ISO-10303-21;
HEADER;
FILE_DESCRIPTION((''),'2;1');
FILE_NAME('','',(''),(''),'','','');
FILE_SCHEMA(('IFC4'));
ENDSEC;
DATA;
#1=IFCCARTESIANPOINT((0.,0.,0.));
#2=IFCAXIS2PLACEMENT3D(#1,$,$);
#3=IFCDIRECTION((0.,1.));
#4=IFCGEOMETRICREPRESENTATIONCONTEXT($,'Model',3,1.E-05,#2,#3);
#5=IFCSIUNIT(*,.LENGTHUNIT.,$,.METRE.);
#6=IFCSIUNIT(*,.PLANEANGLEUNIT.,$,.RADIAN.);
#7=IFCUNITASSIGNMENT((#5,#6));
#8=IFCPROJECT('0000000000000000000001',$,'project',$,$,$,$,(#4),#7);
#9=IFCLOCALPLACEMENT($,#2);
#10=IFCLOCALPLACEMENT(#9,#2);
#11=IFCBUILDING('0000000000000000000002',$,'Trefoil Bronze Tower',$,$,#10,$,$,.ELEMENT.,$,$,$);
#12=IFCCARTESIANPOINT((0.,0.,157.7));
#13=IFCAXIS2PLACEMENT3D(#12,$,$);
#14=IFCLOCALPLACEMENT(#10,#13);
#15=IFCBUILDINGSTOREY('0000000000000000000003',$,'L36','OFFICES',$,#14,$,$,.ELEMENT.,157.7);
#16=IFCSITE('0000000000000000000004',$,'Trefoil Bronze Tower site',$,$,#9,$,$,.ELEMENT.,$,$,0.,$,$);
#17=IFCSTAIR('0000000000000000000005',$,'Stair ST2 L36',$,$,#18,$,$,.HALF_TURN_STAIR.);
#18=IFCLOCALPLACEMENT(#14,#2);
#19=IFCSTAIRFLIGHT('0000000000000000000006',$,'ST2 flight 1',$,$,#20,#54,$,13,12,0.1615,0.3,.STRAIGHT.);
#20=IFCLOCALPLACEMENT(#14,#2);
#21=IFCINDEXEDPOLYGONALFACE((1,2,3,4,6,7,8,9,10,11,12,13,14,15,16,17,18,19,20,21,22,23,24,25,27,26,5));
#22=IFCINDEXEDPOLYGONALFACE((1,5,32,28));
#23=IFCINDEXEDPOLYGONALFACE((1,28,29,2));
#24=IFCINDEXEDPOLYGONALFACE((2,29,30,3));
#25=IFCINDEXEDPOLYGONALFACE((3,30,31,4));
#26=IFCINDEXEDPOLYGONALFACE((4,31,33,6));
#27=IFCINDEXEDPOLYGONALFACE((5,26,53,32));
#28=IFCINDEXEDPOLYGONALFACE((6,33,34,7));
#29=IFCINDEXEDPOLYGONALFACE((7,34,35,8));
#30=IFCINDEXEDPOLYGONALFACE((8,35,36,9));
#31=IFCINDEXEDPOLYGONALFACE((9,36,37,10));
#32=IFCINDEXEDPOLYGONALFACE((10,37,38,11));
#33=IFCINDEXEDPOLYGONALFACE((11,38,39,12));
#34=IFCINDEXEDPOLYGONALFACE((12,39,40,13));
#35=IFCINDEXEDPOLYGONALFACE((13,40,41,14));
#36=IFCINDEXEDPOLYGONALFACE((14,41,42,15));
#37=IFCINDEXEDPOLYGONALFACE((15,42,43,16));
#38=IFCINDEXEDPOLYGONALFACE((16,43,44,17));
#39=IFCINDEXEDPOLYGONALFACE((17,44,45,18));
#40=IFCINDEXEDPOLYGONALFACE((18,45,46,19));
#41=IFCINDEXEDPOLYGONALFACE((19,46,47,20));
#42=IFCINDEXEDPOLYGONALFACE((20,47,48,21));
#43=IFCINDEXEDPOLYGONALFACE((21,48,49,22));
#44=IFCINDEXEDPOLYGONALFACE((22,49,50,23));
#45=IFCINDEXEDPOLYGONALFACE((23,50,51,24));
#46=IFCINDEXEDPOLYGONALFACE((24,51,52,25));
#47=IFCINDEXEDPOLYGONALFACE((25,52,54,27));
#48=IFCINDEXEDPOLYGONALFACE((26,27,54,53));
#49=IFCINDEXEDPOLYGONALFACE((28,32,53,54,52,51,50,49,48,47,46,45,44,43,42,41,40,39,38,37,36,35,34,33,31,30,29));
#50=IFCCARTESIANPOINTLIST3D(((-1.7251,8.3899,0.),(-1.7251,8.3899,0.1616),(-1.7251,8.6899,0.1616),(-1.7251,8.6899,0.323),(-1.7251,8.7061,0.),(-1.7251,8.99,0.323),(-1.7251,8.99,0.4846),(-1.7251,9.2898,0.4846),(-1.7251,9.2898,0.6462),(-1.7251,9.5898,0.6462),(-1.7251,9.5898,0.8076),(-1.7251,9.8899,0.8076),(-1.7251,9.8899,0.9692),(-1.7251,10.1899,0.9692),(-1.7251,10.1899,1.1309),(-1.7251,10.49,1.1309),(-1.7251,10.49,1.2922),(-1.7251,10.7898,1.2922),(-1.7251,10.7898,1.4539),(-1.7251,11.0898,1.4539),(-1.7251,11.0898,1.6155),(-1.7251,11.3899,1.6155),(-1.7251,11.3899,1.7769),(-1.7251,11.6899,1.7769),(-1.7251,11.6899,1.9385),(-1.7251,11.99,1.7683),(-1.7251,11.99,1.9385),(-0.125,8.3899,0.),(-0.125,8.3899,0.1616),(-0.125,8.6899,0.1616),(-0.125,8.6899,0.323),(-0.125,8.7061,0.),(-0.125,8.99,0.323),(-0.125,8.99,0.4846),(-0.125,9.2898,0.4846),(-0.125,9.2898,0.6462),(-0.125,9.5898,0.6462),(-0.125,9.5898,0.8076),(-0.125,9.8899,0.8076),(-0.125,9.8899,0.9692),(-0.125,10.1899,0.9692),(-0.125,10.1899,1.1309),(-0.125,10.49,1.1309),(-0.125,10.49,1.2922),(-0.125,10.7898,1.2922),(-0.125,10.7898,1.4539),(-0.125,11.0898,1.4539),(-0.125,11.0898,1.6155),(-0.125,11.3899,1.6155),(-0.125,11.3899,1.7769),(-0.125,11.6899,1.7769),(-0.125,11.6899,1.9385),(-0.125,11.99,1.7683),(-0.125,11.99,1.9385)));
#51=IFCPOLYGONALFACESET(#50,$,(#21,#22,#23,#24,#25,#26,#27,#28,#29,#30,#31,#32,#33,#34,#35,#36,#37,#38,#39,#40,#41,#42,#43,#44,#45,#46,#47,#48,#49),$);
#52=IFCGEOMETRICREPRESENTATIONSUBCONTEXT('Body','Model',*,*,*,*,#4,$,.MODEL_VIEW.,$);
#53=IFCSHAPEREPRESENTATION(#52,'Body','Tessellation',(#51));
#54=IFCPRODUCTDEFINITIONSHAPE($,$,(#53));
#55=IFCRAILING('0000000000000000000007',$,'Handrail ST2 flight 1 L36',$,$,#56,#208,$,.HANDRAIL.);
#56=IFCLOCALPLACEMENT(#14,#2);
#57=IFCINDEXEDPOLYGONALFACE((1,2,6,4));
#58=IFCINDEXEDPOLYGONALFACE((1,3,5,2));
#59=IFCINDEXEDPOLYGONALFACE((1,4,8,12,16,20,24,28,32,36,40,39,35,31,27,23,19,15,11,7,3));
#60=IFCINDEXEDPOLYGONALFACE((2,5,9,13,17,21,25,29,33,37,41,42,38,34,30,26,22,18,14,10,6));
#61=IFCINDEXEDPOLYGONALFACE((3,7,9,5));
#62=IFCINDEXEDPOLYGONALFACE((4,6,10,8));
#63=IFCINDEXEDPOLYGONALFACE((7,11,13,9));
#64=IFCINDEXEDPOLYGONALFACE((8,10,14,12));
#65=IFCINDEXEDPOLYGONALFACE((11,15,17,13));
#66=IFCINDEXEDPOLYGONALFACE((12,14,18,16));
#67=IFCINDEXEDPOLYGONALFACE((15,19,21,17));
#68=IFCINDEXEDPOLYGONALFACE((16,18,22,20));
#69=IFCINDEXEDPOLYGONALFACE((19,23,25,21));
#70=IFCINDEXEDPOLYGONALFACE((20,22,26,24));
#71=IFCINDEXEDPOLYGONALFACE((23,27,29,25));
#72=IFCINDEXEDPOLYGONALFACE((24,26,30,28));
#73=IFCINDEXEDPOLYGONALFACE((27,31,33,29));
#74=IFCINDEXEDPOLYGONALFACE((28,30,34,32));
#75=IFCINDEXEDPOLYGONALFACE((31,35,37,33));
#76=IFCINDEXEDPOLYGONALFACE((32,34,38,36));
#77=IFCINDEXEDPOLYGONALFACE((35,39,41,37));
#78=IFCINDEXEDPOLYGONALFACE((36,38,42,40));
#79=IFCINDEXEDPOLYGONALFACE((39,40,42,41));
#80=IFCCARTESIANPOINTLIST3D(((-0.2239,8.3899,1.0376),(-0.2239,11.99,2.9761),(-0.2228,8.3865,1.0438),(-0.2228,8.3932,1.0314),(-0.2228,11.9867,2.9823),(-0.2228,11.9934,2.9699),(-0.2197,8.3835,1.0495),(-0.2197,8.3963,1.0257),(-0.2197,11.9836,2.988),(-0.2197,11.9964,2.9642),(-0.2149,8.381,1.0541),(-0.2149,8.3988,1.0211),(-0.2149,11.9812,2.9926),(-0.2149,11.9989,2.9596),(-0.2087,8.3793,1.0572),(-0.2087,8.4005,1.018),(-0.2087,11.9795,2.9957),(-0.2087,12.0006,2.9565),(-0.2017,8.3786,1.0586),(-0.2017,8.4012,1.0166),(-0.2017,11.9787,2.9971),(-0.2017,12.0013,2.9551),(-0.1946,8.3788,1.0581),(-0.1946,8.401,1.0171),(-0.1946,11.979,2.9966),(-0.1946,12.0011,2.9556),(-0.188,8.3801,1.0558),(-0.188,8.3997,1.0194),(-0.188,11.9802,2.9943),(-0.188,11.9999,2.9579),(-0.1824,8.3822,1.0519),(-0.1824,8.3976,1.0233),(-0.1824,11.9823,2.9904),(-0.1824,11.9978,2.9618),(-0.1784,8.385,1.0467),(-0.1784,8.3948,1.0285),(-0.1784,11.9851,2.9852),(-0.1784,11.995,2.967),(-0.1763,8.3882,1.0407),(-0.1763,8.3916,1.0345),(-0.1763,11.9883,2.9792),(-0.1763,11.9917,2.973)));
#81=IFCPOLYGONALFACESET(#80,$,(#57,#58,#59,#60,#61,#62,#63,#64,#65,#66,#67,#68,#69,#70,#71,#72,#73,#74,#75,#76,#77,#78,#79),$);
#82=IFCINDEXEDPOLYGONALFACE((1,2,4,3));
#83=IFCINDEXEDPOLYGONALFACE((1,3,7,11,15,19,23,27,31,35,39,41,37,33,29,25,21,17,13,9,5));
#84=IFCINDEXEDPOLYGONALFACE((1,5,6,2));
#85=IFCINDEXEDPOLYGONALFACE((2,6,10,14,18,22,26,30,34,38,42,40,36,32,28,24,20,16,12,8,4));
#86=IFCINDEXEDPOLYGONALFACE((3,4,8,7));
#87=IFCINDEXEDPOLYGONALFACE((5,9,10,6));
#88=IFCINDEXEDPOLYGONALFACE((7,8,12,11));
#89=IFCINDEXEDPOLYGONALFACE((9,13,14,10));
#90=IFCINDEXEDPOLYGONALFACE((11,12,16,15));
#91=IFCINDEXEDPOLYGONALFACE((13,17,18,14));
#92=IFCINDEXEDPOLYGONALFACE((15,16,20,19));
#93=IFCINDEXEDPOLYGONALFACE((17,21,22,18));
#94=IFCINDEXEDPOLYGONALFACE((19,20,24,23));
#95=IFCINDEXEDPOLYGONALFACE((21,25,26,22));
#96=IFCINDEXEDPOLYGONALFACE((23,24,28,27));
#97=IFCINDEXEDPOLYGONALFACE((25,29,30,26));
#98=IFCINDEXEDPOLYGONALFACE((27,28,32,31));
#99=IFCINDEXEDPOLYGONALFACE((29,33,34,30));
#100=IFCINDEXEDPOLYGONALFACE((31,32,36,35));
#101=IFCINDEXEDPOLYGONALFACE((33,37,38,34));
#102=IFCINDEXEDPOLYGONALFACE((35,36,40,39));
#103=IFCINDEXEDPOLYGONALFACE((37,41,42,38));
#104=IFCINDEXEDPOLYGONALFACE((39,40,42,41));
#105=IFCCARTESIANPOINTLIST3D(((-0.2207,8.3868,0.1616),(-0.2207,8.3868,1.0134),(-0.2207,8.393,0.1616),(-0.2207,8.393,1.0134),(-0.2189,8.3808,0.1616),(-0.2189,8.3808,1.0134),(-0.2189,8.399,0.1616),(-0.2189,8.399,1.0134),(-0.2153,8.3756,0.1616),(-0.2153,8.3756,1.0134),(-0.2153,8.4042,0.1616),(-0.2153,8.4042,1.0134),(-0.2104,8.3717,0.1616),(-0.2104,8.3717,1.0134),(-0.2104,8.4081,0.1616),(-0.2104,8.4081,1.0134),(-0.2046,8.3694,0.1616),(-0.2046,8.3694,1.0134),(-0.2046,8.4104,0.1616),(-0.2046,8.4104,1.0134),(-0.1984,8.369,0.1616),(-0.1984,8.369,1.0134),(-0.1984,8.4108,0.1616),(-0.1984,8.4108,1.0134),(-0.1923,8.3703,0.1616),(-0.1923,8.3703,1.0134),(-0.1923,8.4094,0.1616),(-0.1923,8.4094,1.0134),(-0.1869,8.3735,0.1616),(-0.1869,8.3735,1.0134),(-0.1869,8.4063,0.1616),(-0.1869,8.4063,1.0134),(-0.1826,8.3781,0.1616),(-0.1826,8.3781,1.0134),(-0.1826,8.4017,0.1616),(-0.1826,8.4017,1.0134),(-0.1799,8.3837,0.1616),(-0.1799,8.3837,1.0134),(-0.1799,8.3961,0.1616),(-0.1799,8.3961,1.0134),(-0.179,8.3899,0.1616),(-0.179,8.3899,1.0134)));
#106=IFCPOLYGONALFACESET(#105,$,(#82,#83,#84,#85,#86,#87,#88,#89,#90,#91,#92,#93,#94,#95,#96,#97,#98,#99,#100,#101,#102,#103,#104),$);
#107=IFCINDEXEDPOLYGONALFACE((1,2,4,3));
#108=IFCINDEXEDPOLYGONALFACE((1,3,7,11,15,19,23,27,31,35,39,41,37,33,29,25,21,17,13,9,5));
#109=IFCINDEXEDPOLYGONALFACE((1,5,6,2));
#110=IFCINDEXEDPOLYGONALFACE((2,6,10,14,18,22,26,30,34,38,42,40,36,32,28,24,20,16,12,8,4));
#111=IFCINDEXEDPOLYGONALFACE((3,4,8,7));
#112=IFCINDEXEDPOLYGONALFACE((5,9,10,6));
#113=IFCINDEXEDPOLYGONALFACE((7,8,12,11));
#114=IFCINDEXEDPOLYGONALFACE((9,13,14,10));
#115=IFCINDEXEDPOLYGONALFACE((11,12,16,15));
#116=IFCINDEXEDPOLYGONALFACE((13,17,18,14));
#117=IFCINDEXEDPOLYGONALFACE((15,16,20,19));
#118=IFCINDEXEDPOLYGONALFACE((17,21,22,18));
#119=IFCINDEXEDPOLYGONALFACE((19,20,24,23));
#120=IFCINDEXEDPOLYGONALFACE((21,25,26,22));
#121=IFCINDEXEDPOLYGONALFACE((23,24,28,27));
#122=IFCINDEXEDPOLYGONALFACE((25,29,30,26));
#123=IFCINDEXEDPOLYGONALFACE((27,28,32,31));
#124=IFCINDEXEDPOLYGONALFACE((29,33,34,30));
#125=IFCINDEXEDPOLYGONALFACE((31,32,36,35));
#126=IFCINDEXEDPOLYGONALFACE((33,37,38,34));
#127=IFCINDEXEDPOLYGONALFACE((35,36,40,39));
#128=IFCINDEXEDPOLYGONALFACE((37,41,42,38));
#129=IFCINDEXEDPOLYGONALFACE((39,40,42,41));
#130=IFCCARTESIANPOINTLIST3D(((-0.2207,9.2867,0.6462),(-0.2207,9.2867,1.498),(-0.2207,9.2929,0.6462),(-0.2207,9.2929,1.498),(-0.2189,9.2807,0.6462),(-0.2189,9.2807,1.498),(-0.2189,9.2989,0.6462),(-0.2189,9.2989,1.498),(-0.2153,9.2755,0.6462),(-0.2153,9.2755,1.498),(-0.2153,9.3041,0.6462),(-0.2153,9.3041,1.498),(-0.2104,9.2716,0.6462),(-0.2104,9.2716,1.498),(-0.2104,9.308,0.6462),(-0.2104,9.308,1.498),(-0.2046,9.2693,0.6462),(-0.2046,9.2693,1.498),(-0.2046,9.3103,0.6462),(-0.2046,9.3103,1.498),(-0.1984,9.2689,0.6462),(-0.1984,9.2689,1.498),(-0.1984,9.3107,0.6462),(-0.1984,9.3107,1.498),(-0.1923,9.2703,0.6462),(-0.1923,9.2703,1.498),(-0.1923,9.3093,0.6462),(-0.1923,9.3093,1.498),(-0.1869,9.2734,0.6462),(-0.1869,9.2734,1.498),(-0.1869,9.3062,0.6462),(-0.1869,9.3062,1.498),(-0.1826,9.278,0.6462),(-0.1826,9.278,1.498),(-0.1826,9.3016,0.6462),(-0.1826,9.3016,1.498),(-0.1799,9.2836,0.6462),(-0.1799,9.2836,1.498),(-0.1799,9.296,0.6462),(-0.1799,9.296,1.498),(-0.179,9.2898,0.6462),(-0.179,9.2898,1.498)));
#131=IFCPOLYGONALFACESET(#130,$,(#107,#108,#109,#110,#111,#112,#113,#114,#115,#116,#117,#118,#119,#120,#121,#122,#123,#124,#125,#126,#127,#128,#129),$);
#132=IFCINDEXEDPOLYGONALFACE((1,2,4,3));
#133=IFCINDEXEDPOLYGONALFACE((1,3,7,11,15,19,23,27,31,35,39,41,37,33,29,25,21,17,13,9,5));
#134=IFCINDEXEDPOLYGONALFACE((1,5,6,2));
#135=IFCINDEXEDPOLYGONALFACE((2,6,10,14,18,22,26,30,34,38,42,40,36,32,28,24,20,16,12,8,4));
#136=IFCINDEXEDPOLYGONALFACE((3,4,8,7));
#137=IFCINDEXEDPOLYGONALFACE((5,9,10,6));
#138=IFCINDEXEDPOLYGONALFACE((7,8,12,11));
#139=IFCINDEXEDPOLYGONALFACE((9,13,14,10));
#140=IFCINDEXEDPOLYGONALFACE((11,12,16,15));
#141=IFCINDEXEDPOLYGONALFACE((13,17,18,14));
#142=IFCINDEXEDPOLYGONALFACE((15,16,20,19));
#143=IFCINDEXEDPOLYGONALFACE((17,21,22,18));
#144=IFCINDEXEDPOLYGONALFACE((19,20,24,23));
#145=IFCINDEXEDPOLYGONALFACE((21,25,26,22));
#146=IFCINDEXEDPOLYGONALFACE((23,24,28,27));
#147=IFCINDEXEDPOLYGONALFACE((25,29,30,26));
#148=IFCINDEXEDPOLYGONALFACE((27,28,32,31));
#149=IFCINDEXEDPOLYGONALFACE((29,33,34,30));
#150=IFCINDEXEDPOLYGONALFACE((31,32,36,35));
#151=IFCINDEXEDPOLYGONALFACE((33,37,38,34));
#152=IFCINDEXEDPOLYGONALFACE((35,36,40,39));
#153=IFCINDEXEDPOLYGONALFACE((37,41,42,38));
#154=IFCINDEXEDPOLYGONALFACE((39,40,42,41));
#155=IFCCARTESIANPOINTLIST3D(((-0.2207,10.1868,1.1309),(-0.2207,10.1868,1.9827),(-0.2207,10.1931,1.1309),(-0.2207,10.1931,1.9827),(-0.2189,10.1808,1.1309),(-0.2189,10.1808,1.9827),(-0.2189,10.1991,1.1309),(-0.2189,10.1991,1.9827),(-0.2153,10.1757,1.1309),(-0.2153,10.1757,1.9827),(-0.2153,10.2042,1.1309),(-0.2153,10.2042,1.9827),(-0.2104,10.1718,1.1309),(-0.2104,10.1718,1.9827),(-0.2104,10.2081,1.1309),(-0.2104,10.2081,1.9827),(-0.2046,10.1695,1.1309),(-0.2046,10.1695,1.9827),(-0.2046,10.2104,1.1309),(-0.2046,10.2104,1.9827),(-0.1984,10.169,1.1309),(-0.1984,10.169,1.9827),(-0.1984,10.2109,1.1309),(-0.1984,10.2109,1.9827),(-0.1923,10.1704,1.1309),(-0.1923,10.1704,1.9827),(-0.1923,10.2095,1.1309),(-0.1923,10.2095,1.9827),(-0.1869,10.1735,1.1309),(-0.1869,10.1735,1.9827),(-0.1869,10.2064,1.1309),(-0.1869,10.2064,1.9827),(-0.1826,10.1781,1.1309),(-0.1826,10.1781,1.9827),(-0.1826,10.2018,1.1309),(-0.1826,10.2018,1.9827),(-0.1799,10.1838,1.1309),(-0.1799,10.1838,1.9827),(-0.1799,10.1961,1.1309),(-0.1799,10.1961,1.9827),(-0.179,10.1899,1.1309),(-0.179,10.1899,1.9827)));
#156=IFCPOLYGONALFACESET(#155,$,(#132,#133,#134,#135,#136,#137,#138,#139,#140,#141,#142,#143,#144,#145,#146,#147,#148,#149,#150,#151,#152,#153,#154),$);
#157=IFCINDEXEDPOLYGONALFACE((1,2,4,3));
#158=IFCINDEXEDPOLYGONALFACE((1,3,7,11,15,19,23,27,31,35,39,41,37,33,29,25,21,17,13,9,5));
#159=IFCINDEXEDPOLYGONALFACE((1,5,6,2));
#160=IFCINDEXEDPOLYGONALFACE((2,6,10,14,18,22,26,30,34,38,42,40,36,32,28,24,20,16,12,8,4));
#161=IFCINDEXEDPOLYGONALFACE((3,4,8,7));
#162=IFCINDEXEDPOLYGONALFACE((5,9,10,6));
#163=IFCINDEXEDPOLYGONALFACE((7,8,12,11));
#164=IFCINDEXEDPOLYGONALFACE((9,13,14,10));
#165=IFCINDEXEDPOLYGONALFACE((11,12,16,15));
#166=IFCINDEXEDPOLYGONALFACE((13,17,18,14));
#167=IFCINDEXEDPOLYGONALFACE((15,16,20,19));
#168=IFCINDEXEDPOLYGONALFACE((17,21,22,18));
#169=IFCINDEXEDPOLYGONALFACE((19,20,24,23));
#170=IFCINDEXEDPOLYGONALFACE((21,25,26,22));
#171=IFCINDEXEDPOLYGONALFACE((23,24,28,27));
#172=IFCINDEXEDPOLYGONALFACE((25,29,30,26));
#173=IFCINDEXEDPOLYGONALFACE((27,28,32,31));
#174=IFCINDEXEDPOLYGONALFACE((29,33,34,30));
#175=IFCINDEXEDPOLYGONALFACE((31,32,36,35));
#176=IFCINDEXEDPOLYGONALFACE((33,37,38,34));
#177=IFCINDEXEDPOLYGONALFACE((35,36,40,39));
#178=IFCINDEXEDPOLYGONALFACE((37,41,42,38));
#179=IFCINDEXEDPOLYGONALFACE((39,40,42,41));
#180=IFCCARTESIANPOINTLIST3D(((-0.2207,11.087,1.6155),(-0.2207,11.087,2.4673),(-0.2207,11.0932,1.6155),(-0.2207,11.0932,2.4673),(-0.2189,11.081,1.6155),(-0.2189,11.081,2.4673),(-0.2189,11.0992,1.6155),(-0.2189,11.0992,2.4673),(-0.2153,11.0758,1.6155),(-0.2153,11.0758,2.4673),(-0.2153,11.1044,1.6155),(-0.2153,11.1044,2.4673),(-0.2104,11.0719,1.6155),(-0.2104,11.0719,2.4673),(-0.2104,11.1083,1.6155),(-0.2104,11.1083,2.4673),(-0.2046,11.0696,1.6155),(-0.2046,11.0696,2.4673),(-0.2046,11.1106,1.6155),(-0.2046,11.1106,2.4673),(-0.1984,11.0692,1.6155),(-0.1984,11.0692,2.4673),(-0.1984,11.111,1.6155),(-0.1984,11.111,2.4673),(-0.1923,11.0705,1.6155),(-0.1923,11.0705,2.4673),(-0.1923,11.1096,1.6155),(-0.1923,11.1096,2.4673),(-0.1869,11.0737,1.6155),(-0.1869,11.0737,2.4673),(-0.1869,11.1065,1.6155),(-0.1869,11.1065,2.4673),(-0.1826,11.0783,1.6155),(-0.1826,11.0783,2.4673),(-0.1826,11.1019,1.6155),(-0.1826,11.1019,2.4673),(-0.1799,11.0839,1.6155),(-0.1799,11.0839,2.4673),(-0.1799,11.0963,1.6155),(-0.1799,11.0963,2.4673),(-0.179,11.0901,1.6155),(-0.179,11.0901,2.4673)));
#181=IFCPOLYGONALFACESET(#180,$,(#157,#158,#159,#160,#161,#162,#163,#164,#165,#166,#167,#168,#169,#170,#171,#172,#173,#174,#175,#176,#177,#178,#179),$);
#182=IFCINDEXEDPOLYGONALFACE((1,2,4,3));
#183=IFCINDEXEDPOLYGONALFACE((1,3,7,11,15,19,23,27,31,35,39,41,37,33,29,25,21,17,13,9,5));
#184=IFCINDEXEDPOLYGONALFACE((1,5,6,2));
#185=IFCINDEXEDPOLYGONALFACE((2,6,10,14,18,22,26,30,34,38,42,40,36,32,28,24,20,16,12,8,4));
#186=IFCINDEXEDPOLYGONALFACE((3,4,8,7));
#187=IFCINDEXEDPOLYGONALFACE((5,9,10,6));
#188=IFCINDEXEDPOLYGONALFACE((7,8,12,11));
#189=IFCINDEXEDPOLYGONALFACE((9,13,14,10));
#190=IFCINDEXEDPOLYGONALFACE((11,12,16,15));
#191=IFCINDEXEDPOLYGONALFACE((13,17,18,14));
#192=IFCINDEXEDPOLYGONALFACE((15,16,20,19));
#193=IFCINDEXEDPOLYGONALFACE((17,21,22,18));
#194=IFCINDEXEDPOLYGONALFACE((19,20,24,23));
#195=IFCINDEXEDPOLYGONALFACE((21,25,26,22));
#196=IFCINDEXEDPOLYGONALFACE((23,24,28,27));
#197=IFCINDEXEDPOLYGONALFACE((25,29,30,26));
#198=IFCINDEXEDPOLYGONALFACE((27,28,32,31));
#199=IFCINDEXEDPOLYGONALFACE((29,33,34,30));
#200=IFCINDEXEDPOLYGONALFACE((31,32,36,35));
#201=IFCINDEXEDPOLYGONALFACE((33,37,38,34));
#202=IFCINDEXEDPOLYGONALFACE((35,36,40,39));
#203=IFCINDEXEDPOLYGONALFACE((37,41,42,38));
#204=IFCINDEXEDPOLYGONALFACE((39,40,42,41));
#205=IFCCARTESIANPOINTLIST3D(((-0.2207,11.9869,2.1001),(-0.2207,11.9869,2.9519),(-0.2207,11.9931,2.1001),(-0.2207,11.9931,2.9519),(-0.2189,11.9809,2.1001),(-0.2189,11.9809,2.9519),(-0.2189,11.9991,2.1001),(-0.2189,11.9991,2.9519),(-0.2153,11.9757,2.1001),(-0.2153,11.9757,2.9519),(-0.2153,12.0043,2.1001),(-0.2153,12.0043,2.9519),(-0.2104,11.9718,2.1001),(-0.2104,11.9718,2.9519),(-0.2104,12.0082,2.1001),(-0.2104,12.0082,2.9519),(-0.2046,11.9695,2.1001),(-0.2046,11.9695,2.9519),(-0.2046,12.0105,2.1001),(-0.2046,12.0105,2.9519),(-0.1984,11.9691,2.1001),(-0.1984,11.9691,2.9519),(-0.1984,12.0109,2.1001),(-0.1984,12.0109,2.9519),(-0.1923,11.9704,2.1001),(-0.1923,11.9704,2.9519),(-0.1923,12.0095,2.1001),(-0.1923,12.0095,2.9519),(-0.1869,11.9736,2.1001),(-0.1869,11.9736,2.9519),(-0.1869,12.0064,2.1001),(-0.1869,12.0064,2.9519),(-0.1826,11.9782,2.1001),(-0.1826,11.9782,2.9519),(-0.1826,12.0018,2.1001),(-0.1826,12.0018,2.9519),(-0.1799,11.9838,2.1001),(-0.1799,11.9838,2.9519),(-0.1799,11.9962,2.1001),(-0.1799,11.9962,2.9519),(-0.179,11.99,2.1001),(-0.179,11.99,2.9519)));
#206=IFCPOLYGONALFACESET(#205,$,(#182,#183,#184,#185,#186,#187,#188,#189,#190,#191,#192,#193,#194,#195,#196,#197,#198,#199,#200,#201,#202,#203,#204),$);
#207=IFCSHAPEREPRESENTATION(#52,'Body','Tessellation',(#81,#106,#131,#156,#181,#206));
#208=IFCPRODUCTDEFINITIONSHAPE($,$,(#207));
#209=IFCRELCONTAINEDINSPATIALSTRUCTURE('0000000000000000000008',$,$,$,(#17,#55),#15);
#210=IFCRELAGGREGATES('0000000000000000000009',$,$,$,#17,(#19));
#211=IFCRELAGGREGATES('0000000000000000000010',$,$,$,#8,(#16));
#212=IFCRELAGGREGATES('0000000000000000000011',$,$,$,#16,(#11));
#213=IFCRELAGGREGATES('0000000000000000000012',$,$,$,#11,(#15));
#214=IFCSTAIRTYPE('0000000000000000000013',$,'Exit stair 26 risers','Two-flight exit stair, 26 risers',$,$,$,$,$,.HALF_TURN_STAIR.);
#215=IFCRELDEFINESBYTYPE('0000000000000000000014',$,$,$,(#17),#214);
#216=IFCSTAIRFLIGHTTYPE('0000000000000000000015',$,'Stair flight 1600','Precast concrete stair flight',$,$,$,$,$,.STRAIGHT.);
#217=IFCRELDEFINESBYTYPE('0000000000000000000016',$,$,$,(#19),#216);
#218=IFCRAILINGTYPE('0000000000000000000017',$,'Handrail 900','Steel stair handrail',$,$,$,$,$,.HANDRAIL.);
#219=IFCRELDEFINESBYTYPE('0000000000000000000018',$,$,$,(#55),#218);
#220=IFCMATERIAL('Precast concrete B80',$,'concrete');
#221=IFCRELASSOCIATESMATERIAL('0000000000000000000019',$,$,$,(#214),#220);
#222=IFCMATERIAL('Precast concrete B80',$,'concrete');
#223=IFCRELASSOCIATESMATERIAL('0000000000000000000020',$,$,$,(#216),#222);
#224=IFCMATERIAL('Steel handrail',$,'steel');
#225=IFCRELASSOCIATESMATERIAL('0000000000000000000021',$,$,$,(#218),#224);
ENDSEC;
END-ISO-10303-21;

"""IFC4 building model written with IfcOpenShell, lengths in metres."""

from ifc_helpers import new_model, si_unit, direction, frame, origin, origin_2d, place, context, subcontext, project, spatial, polyline, circle, outline, extrude, material, type_object, element, aggregate, save


model = new_model("IFC4")

# Units and contexts
model_context = context("Model", 3, precision=1e-05, world=origin(), true_north=direction((0.0, 1.0)))
body_context = subcontext(model_context, "Body", "Model", "MODEL_VIEW")
ifc_project = project(units=[si_unit("LENGTHUNIT", "METRE"), si_unit("PLANEANGLEUNIT", "RADIAN")], contexts=[model_context])

# Site, building, storey
site_placement = place(None, origin())
site = spatial("IfcSite", under=ifc_project, at=site_placement, Name="Trefoil Bronze Tower site", CompositionType="ELEMENT", RefElevation=0.0)
building_placement = place(site_placement, origin())
building = spatial("IfcBuilding", under=site, at=building_placement, Name="Trefoil Bronze Tower", CompositionType="ELEMENT")
storey_placement = place(building_placement, frame((0.0, 0.0, 157.7)))
storey = spatial("IfcBuildingStorey", under=building, at=storey_placement, Name="L36", Description="OFFICES", CompositionType="ELEMENT", Elevation=157.7)

# Stair, stair flight
ifc_material_1 = material(Name="Precast concrete B80", Category="concrete")
stair_type = type_object("IfcStairType", Name="Exit stair 26 risers", Description="Two-flight exit stair, 26 risers", PredefinedType="HALF_TURN_STAIR", material=ifc_material_1)
stair_placement = place(storey_placement, origin())
stair = element("IfcStair", 1, at=stair_placement, inside=storey, type_object=stair_type, Name="Stair ST2 L36", PredefinedType="HALF_TURN_STAIR")
ifc_material_2 = material(Name="Precast concrete B80", Category="concrete")
stair_flight_type = type_object("IfcStairFlightType", Name="Stair flight 1600", Description="Precast concrete stair flight", PredefinedType="STRAIGHT", material=ifc_material_2)
stair_flight_placement = place(storey_placement, frame((-0.925, 8.3899, 0.0), z_axis=(0.0, 0.0, 1.0), x_axis=(0.0, 1.0, 0.0)))
stair_flight = element("IfcStairFlight", 2, at=stair_flight_placement, type_object=stair_flight_type, Name="ST2 flight 1", NumberOfRisers=13, NumberOfTreads=12, PredefinedType="STRAIGHT", RiserHeight=0.1615, TreadLength=0.3, context=body_context, shape_type="SweptSolid", body=[
    extrude(outline(polyline([(0.0, 0.0), (0.0, 0.1616), (0.3, 0.1616), (0.3, 0.323), (0.6001, 0.323), (0.6001, 0.4846), (0.8999, 0.4846), (0.8999, 0.6462), (1.2, 0.6462), (1.2, 0.8076), (1.5, 0.8076), (1.5, 0.9692), (1.8, 0.9692), (1.8, 1.1309), (2.1001, 1.1309), (2.1001, 1.2922), (2.3999, 1.2922), (2.3999, 1.4539), (2.7, 1.4539), (2.7, 1.6155), (3.0, 1.6155), (3.0, 1.7769), (3.3, 1.7769), (3.3, 1.9385), (3.6001, 1.9385), (3.6001, 2.1001), (3.6001, 1.7683), (0.3162, 0.0), (0.0, 0.0)])), frame((0.0, 0.8, 0.0), z_axis=(0.0, -1.0, 0.0), x_axis=(1.0, 0.0, 0.0)), (0.0, 0.0, 1.0), 1.6001),
])
aggregate(stair, [stair_flight])

# Railing
ifc_material_3 = material(Name="Steel handrail", Category="steel")
railing_type = type_object("IfcRailingType", Name="Handrail 900", Description="Steel stair handrail", PredefinedType="HANDRAIL", material=ifc_material_3)
railing_placement = place(storey_placement, frame((-0.2, 8.3899, 0.1616)))
element("IfcRailing", 3, at=railing_placement, inside=storey, type_object=railing_type, Name="Handrail ST2 flight 1 L36", PredefinedType="HANDRAIL", context=body_context, shape_type="SweptSolid", body=[
    extrude(circle(Radius=0.0239, at=origin_2d()), frame((0.0, 0.0, 0.876), z_axis=(0.0, 0.880475, 0.474093), x_axis=(-1.0, 0.0, 0.0)), (0.0, 0.0, 1.0), 4.0889),
    extrude(circle(Radius=0.021, at=origin_2d()), origin(), (0.0, 0.0, 1.0), 0.8518),
    extrude(circle(Radius=0.021, at=origin_2d()), frame((0.0, 0.8999, 0.4846)), (0.0, 0.0, 1.0), 0.8518),
    extrude(circle(Radius=0.021, at=origin_2d()), frame((0.0, 1.8, 0.9692)), (0.0, 0.0, 1.0), 0.8518),
    extrude(circle(Radius=0.021, at=origin_2d()), frame((0.0, 2.7002, 1.4539)), (0.0, 0.0, 1.0), 0.8518),
    extrude(circle(Radius=0.021, at=origin_2d()), frame((0.0, 3.6001, 1.9385)), (0.0, 0.0, 1.0), 0.8518),
])

save(model, "model.ifc")
